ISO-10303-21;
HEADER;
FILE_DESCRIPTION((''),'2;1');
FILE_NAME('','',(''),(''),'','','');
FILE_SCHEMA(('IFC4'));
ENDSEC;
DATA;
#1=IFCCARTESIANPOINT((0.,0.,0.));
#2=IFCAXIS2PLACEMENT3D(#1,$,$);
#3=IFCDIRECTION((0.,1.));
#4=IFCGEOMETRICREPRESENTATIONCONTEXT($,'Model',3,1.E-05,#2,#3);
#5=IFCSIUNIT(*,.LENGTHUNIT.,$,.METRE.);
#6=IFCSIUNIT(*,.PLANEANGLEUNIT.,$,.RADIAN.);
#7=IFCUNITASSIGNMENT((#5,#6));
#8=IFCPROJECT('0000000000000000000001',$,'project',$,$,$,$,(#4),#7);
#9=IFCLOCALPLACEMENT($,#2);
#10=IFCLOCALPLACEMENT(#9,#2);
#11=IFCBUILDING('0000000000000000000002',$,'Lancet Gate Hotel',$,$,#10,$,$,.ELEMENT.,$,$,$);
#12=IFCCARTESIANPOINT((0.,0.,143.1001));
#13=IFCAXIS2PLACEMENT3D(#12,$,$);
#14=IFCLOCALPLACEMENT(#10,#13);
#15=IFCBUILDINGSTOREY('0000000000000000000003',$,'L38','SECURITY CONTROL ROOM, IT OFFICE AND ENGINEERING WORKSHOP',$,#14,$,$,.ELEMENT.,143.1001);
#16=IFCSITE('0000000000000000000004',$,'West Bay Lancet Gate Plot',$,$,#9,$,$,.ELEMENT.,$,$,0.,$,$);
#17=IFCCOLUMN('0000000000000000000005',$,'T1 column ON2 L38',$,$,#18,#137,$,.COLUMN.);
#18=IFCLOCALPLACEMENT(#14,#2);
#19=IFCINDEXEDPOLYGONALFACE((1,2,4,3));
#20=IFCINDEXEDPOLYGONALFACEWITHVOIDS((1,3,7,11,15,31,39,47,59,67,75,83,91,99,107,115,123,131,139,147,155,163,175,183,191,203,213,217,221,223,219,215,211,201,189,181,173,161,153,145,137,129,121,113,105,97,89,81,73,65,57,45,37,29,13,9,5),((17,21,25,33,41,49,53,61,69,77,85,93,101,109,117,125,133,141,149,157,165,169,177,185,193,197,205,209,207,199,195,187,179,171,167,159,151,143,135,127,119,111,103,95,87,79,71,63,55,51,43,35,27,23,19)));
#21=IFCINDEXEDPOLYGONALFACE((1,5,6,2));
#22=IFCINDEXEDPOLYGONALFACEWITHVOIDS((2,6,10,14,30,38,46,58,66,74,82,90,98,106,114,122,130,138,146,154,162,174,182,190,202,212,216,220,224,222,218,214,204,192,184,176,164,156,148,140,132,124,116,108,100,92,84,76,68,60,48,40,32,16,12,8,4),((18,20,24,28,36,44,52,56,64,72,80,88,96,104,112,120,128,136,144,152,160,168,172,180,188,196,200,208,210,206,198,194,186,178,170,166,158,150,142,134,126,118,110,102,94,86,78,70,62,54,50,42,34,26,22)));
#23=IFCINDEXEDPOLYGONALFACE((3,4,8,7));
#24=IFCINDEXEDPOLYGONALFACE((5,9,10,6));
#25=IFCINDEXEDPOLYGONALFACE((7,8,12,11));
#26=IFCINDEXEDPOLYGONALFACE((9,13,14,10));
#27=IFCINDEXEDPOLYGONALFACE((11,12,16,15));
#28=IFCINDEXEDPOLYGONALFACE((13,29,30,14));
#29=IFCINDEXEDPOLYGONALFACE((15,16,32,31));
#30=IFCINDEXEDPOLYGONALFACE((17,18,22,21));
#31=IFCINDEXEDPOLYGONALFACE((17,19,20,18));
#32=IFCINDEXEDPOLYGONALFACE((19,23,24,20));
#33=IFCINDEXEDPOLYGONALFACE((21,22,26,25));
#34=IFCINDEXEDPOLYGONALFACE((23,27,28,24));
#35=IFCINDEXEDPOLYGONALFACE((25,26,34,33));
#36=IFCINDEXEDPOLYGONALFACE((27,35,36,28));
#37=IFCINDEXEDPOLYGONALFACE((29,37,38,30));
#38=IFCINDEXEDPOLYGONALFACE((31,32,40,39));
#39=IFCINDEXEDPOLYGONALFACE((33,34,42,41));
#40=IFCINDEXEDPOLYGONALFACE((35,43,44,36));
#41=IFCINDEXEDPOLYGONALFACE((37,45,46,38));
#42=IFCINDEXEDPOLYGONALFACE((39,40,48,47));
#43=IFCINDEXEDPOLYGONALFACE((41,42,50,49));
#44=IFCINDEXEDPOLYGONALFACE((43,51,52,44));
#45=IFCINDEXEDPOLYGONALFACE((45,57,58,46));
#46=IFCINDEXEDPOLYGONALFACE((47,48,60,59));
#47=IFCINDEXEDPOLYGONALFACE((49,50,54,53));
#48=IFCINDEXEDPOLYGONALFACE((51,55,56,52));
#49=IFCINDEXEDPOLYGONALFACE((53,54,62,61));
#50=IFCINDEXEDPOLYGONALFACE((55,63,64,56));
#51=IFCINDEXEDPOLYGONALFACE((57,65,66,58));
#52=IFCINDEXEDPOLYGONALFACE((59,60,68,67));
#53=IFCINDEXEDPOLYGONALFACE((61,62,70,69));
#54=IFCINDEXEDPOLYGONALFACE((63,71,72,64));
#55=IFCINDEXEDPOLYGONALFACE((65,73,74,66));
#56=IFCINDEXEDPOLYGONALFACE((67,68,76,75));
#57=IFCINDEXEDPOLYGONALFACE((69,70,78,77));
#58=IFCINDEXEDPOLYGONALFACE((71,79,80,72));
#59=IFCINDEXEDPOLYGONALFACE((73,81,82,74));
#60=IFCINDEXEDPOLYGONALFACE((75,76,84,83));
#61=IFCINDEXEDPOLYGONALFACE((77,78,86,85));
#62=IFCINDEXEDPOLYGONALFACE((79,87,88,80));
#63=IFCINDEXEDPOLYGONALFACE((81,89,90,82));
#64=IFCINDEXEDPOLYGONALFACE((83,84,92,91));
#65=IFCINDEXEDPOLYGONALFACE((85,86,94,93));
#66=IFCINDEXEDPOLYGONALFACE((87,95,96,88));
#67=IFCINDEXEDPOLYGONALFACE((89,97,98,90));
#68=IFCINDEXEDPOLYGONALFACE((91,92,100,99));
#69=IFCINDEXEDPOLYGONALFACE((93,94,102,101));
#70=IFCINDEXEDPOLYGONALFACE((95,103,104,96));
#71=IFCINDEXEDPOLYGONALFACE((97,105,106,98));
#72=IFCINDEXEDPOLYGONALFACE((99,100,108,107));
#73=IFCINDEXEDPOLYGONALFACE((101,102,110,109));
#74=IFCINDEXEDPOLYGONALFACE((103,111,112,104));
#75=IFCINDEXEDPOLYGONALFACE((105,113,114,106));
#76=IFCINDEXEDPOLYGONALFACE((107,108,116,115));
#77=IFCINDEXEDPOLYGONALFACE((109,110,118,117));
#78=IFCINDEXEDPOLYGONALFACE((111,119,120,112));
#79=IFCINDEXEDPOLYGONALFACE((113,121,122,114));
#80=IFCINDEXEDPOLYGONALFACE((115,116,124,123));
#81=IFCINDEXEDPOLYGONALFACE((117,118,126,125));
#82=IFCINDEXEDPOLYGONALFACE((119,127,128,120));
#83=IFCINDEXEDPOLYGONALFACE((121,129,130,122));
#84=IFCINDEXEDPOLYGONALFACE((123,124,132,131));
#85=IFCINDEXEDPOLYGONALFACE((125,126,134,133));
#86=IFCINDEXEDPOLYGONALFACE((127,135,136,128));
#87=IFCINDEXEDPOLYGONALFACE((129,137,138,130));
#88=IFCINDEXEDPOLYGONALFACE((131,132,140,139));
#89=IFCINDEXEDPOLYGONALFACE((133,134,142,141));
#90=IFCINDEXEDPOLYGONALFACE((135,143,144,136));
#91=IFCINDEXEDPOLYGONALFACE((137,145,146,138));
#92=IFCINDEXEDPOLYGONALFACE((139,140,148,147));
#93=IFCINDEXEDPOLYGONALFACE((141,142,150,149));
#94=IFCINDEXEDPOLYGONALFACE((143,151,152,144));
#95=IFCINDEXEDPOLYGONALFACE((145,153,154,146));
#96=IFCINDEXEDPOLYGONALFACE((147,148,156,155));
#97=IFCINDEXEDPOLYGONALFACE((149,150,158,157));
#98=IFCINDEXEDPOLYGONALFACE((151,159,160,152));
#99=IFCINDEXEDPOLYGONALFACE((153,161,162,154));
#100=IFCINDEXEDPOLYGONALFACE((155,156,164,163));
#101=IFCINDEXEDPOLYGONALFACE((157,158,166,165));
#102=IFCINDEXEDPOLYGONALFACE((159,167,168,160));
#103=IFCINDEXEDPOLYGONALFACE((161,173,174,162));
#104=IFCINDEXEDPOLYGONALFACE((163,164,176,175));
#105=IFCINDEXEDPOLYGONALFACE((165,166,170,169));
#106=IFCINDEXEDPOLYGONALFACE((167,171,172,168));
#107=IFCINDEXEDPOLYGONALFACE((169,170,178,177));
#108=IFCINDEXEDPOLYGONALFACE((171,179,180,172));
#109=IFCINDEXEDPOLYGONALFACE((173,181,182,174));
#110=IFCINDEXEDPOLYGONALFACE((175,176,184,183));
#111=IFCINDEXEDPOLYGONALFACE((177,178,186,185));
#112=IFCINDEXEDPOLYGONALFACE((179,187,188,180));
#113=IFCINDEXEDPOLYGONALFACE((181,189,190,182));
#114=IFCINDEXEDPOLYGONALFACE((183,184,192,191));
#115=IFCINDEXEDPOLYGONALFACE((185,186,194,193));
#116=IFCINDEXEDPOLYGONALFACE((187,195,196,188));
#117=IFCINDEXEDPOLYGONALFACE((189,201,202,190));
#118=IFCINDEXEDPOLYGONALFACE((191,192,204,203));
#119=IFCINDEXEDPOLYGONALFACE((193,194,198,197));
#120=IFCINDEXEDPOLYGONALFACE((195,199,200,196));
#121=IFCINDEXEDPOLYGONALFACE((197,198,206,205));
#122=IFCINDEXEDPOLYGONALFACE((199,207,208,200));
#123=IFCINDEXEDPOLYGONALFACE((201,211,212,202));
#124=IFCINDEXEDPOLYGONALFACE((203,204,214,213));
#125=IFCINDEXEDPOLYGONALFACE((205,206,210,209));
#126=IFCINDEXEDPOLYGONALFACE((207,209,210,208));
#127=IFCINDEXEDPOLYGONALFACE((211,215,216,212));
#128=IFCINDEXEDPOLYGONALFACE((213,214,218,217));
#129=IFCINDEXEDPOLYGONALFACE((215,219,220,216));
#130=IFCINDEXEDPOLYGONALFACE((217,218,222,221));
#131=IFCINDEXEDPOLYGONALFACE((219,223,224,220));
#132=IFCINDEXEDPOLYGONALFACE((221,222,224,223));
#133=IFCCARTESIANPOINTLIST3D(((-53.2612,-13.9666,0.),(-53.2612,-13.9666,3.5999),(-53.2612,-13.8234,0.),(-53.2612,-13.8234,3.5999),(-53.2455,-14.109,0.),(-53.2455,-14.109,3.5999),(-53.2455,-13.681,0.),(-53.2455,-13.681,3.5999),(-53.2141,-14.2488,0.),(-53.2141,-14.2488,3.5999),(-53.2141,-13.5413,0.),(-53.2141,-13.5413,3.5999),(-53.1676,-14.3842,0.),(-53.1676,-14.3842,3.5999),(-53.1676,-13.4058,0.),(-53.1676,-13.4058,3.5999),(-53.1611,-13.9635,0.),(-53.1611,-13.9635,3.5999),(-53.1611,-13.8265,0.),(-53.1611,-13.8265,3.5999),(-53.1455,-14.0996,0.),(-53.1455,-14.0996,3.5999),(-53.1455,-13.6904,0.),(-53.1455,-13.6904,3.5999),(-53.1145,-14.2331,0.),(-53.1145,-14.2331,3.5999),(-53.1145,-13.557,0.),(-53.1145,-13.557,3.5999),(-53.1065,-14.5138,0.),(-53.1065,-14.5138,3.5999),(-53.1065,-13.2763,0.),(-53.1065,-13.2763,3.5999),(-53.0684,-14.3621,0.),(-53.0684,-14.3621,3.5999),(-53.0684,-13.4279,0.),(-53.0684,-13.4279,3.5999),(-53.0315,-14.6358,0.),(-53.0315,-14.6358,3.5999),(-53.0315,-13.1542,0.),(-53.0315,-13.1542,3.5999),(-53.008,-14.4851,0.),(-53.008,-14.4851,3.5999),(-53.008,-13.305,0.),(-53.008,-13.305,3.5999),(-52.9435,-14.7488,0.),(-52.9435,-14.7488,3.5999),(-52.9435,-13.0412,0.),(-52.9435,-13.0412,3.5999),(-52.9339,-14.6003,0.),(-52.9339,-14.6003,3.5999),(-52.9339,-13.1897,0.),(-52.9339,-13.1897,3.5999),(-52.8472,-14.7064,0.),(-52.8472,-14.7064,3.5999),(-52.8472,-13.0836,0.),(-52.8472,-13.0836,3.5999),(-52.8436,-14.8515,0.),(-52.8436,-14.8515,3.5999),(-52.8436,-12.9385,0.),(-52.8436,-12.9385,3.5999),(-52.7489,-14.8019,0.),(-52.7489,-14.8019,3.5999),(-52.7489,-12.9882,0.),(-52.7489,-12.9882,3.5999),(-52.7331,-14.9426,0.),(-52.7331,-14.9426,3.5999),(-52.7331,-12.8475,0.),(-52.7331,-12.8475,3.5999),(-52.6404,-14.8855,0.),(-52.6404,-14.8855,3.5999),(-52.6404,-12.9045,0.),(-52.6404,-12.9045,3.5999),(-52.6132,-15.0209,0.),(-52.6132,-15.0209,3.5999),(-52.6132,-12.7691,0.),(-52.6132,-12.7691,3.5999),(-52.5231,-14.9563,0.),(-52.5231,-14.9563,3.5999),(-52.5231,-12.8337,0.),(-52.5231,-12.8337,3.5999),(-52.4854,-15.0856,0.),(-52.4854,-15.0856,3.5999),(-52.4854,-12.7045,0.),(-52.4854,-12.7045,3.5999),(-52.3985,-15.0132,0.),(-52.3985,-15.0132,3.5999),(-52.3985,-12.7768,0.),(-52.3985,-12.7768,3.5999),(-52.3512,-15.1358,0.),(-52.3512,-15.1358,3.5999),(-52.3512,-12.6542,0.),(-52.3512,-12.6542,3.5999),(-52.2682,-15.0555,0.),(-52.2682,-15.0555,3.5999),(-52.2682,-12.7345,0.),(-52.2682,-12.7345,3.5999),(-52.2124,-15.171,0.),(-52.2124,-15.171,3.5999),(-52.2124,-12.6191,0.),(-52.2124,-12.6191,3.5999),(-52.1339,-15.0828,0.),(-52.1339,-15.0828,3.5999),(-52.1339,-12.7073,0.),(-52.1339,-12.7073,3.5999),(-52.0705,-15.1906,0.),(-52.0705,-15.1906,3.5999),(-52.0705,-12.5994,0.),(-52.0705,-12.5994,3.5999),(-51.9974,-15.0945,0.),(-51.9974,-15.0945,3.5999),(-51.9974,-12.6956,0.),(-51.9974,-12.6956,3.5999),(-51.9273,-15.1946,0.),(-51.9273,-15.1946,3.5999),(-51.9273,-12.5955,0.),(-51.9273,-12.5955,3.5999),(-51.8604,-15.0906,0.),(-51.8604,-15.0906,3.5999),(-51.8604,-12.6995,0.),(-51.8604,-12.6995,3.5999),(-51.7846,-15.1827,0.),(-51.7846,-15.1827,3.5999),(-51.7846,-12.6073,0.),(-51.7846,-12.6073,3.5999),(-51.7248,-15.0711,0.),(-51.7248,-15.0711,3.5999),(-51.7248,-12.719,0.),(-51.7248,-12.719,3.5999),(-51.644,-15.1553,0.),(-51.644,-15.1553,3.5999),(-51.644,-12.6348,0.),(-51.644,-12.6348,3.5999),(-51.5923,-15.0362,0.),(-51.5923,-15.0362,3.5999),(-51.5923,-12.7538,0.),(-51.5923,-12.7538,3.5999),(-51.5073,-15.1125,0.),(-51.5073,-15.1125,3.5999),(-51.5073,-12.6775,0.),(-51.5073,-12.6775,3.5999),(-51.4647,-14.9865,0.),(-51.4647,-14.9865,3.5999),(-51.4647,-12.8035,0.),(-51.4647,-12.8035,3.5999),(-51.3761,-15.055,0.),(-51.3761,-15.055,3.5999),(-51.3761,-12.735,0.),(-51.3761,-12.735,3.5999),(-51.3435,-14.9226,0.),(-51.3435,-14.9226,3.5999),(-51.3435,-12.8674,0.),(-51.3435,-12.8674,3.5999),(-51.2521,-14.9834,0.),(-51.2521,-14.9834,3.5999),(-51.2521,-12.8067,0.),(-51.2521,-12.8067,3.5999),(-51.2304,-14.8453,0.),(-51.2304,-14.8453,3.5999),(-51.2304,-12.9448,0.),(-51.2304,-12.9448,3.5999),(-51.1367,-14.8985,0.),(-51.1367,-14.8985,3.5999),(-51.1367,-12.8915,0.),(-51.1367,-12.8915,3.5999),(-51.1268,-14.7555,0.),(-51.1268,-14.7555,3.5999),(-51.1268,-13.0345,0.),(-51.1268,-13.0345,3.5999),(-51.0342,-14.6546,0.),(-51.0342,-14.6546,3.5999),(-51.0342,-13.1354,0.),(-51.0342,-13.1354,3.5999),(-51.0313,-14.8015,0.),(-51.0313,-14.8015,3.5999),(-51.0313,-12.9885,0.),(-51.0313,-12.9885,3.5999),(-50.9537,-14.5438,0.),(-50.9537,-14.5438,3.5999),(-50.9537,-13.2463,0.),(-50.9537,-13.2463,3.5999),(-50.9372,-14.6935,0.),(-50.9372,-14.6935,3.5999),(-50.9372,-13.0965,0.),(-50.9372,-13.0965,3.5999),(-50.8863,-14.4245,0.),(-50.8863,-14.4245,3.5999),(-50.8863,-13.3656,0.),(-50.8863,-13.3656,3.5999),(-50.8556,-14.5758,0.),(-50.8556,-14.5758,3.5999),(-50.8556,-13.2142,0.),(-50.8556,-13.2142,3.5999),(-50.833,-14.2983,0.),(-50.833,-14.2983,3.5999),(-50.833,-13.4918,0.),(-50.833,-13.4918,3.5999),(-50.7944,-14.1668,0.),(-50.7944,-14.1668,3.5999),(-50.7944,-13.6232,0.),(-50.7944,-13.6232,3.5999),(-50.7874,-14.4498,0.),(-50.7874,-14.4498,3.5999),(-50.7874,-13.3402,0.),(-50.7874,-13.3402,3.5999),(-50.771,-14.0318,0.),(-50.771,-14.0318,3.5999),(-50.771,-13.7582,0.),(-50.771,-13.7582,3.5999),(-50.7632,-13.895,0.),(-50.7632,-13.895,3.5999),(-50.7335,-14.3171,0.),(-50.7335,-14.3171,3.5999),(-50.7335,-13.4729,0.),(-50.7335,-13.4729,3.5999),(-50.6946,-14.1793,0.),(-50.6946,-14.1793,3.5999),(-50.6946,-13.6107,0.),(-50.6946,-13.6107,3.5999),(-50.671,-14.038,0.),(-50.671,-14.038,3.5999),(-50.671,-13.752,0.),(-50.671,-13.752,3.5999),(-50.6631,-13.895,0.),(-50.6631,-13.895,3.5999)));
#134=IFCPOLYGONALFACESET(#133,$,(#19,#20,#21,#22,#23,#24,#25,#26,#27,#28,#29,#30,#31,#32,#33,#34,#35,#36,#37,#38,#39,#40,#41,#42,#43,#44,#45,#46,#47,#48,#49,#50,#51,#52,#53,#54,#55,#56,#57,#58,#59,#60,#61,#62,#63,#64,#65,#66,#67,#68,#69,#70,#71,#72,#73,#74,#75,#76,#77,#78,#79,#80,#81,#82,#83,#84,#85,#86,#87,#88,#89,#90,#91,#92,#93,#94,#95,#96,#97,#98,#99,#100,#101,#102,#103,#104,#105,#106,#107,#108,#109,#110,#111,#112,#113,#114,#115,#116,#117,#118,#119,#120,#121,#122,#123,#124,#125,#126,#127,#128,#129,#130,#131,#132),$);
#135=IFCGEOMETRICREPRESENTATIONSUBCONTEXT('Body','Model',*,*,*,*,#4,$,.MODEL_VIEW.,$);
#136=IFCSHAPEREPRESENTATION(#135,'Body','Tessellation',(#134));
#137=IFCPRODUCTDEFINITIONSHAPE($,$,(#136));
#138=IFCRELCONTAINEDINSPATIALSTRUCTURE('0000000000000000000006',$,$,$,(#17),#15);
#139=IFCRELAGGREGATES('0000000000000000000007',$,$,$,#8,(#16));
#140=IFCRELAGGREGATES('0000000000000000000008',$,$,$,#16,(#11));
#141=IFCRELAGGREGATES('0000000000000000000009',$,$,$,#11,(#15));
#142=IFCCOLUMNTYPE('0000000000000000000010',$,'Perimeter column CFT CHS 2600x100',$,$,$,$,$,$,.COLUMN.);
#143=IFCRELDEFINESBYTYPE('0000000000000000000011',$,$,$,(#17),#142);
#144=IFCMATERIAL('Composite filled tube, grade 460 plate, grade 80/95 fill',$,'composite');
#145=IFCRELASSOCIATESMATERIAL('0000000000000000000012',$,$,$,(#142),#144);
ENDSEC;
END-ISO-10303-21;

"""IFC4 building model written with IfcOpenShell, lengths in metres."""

from ifc_helpers import new_model, si_unit, direction, frame, origin, origin_2d, place, context, subcontext, project, spatial, hollow_circle, extrude, material, material_profile, profile_set, type_object, element, save


model = new_model("IFC4")

# Units and contexts
model_context = context("Model", 3, precision=1e-05, world=origin(), true_north=direction((0.0, 1.0)))
body_context = subcontext(model_context, "Body", "Model", "MODEL_VIEW")
ifc_project = project(units=[si_unit("LENGTHUNIT", "METRE"), si_unit("PLANEANGLEUNIT", "RADIAN")], contexts=[model_context])

# Site, building, storey
site_placement = place(None, origin())
site = spatial("IfcSite", under=ifc_project, at=site_placement, Name="West Bay Lancet Gate Plot", CompositionType="ELEMENT", RefElevation=0.0)
building_placement = place(site_placement, origin())
building = spatial("IfcBuilding", under=site, at=building_placement, Name="Lancet Gate Hotel", CompositionType="ELEMENT")
storey_placement = place(building_placement, frame((0.0, 0.0, 143.1001)))
storey = spatial("IfcBuildingStorey", under=building, at=storey_placement, Name="L38", Description="SECURITY CONTROL ROOM, IT OFFICE AND ENGINEERING WORKSHOP", CompositionType="ELEMENT", Elevation=143.1001)

# Column
ifc_material_1 = material(Name="Composite filled tube, grade 460 plate, grade 80/95 fill", Category="composite")
ifc_material_profile_1 = material_profile(ifc_material_1, hollow_circle(Radius=1.3, WallThickness=0.1001, at=origin_2d()), Name="CHS 2600x100")
ifc_profile_set_1 = profile_set([ifc_material_profile_1], Name="Composite filled tube, grade 460 plate, grade 80/95 fill")
column_type = type_object("IfcColumnType", Name="Perimeter column CFT CHS 2600x100", PredefinedType="COLUMN", material=ifc_profile_set_1)
for number, where, z_axis, x_axis, name in (
    (1, (-51.9631, -13.895, 0.0), (0.0, 0.0, 1.0), (1.0, 0.0, 0.0), "T1 column ON2 L38"),
):
    element("IfcColumn", number, at=place(storey_placement, frame(where, z_axis=z_axis, x_axis=x_axis)), inside=storey, type_object=column_type, Name=name, PredefinedType="COLUMN", context=body_context, shape_type="SweptSolid", body=[
        extrude(hollow_circle(Radius=1.3, WallThickness=0.1001, at=origin_2d()), origin(), (0.0, 0.0, 1.0), 3.5999),
    ])

save(model, "model.ifc")
